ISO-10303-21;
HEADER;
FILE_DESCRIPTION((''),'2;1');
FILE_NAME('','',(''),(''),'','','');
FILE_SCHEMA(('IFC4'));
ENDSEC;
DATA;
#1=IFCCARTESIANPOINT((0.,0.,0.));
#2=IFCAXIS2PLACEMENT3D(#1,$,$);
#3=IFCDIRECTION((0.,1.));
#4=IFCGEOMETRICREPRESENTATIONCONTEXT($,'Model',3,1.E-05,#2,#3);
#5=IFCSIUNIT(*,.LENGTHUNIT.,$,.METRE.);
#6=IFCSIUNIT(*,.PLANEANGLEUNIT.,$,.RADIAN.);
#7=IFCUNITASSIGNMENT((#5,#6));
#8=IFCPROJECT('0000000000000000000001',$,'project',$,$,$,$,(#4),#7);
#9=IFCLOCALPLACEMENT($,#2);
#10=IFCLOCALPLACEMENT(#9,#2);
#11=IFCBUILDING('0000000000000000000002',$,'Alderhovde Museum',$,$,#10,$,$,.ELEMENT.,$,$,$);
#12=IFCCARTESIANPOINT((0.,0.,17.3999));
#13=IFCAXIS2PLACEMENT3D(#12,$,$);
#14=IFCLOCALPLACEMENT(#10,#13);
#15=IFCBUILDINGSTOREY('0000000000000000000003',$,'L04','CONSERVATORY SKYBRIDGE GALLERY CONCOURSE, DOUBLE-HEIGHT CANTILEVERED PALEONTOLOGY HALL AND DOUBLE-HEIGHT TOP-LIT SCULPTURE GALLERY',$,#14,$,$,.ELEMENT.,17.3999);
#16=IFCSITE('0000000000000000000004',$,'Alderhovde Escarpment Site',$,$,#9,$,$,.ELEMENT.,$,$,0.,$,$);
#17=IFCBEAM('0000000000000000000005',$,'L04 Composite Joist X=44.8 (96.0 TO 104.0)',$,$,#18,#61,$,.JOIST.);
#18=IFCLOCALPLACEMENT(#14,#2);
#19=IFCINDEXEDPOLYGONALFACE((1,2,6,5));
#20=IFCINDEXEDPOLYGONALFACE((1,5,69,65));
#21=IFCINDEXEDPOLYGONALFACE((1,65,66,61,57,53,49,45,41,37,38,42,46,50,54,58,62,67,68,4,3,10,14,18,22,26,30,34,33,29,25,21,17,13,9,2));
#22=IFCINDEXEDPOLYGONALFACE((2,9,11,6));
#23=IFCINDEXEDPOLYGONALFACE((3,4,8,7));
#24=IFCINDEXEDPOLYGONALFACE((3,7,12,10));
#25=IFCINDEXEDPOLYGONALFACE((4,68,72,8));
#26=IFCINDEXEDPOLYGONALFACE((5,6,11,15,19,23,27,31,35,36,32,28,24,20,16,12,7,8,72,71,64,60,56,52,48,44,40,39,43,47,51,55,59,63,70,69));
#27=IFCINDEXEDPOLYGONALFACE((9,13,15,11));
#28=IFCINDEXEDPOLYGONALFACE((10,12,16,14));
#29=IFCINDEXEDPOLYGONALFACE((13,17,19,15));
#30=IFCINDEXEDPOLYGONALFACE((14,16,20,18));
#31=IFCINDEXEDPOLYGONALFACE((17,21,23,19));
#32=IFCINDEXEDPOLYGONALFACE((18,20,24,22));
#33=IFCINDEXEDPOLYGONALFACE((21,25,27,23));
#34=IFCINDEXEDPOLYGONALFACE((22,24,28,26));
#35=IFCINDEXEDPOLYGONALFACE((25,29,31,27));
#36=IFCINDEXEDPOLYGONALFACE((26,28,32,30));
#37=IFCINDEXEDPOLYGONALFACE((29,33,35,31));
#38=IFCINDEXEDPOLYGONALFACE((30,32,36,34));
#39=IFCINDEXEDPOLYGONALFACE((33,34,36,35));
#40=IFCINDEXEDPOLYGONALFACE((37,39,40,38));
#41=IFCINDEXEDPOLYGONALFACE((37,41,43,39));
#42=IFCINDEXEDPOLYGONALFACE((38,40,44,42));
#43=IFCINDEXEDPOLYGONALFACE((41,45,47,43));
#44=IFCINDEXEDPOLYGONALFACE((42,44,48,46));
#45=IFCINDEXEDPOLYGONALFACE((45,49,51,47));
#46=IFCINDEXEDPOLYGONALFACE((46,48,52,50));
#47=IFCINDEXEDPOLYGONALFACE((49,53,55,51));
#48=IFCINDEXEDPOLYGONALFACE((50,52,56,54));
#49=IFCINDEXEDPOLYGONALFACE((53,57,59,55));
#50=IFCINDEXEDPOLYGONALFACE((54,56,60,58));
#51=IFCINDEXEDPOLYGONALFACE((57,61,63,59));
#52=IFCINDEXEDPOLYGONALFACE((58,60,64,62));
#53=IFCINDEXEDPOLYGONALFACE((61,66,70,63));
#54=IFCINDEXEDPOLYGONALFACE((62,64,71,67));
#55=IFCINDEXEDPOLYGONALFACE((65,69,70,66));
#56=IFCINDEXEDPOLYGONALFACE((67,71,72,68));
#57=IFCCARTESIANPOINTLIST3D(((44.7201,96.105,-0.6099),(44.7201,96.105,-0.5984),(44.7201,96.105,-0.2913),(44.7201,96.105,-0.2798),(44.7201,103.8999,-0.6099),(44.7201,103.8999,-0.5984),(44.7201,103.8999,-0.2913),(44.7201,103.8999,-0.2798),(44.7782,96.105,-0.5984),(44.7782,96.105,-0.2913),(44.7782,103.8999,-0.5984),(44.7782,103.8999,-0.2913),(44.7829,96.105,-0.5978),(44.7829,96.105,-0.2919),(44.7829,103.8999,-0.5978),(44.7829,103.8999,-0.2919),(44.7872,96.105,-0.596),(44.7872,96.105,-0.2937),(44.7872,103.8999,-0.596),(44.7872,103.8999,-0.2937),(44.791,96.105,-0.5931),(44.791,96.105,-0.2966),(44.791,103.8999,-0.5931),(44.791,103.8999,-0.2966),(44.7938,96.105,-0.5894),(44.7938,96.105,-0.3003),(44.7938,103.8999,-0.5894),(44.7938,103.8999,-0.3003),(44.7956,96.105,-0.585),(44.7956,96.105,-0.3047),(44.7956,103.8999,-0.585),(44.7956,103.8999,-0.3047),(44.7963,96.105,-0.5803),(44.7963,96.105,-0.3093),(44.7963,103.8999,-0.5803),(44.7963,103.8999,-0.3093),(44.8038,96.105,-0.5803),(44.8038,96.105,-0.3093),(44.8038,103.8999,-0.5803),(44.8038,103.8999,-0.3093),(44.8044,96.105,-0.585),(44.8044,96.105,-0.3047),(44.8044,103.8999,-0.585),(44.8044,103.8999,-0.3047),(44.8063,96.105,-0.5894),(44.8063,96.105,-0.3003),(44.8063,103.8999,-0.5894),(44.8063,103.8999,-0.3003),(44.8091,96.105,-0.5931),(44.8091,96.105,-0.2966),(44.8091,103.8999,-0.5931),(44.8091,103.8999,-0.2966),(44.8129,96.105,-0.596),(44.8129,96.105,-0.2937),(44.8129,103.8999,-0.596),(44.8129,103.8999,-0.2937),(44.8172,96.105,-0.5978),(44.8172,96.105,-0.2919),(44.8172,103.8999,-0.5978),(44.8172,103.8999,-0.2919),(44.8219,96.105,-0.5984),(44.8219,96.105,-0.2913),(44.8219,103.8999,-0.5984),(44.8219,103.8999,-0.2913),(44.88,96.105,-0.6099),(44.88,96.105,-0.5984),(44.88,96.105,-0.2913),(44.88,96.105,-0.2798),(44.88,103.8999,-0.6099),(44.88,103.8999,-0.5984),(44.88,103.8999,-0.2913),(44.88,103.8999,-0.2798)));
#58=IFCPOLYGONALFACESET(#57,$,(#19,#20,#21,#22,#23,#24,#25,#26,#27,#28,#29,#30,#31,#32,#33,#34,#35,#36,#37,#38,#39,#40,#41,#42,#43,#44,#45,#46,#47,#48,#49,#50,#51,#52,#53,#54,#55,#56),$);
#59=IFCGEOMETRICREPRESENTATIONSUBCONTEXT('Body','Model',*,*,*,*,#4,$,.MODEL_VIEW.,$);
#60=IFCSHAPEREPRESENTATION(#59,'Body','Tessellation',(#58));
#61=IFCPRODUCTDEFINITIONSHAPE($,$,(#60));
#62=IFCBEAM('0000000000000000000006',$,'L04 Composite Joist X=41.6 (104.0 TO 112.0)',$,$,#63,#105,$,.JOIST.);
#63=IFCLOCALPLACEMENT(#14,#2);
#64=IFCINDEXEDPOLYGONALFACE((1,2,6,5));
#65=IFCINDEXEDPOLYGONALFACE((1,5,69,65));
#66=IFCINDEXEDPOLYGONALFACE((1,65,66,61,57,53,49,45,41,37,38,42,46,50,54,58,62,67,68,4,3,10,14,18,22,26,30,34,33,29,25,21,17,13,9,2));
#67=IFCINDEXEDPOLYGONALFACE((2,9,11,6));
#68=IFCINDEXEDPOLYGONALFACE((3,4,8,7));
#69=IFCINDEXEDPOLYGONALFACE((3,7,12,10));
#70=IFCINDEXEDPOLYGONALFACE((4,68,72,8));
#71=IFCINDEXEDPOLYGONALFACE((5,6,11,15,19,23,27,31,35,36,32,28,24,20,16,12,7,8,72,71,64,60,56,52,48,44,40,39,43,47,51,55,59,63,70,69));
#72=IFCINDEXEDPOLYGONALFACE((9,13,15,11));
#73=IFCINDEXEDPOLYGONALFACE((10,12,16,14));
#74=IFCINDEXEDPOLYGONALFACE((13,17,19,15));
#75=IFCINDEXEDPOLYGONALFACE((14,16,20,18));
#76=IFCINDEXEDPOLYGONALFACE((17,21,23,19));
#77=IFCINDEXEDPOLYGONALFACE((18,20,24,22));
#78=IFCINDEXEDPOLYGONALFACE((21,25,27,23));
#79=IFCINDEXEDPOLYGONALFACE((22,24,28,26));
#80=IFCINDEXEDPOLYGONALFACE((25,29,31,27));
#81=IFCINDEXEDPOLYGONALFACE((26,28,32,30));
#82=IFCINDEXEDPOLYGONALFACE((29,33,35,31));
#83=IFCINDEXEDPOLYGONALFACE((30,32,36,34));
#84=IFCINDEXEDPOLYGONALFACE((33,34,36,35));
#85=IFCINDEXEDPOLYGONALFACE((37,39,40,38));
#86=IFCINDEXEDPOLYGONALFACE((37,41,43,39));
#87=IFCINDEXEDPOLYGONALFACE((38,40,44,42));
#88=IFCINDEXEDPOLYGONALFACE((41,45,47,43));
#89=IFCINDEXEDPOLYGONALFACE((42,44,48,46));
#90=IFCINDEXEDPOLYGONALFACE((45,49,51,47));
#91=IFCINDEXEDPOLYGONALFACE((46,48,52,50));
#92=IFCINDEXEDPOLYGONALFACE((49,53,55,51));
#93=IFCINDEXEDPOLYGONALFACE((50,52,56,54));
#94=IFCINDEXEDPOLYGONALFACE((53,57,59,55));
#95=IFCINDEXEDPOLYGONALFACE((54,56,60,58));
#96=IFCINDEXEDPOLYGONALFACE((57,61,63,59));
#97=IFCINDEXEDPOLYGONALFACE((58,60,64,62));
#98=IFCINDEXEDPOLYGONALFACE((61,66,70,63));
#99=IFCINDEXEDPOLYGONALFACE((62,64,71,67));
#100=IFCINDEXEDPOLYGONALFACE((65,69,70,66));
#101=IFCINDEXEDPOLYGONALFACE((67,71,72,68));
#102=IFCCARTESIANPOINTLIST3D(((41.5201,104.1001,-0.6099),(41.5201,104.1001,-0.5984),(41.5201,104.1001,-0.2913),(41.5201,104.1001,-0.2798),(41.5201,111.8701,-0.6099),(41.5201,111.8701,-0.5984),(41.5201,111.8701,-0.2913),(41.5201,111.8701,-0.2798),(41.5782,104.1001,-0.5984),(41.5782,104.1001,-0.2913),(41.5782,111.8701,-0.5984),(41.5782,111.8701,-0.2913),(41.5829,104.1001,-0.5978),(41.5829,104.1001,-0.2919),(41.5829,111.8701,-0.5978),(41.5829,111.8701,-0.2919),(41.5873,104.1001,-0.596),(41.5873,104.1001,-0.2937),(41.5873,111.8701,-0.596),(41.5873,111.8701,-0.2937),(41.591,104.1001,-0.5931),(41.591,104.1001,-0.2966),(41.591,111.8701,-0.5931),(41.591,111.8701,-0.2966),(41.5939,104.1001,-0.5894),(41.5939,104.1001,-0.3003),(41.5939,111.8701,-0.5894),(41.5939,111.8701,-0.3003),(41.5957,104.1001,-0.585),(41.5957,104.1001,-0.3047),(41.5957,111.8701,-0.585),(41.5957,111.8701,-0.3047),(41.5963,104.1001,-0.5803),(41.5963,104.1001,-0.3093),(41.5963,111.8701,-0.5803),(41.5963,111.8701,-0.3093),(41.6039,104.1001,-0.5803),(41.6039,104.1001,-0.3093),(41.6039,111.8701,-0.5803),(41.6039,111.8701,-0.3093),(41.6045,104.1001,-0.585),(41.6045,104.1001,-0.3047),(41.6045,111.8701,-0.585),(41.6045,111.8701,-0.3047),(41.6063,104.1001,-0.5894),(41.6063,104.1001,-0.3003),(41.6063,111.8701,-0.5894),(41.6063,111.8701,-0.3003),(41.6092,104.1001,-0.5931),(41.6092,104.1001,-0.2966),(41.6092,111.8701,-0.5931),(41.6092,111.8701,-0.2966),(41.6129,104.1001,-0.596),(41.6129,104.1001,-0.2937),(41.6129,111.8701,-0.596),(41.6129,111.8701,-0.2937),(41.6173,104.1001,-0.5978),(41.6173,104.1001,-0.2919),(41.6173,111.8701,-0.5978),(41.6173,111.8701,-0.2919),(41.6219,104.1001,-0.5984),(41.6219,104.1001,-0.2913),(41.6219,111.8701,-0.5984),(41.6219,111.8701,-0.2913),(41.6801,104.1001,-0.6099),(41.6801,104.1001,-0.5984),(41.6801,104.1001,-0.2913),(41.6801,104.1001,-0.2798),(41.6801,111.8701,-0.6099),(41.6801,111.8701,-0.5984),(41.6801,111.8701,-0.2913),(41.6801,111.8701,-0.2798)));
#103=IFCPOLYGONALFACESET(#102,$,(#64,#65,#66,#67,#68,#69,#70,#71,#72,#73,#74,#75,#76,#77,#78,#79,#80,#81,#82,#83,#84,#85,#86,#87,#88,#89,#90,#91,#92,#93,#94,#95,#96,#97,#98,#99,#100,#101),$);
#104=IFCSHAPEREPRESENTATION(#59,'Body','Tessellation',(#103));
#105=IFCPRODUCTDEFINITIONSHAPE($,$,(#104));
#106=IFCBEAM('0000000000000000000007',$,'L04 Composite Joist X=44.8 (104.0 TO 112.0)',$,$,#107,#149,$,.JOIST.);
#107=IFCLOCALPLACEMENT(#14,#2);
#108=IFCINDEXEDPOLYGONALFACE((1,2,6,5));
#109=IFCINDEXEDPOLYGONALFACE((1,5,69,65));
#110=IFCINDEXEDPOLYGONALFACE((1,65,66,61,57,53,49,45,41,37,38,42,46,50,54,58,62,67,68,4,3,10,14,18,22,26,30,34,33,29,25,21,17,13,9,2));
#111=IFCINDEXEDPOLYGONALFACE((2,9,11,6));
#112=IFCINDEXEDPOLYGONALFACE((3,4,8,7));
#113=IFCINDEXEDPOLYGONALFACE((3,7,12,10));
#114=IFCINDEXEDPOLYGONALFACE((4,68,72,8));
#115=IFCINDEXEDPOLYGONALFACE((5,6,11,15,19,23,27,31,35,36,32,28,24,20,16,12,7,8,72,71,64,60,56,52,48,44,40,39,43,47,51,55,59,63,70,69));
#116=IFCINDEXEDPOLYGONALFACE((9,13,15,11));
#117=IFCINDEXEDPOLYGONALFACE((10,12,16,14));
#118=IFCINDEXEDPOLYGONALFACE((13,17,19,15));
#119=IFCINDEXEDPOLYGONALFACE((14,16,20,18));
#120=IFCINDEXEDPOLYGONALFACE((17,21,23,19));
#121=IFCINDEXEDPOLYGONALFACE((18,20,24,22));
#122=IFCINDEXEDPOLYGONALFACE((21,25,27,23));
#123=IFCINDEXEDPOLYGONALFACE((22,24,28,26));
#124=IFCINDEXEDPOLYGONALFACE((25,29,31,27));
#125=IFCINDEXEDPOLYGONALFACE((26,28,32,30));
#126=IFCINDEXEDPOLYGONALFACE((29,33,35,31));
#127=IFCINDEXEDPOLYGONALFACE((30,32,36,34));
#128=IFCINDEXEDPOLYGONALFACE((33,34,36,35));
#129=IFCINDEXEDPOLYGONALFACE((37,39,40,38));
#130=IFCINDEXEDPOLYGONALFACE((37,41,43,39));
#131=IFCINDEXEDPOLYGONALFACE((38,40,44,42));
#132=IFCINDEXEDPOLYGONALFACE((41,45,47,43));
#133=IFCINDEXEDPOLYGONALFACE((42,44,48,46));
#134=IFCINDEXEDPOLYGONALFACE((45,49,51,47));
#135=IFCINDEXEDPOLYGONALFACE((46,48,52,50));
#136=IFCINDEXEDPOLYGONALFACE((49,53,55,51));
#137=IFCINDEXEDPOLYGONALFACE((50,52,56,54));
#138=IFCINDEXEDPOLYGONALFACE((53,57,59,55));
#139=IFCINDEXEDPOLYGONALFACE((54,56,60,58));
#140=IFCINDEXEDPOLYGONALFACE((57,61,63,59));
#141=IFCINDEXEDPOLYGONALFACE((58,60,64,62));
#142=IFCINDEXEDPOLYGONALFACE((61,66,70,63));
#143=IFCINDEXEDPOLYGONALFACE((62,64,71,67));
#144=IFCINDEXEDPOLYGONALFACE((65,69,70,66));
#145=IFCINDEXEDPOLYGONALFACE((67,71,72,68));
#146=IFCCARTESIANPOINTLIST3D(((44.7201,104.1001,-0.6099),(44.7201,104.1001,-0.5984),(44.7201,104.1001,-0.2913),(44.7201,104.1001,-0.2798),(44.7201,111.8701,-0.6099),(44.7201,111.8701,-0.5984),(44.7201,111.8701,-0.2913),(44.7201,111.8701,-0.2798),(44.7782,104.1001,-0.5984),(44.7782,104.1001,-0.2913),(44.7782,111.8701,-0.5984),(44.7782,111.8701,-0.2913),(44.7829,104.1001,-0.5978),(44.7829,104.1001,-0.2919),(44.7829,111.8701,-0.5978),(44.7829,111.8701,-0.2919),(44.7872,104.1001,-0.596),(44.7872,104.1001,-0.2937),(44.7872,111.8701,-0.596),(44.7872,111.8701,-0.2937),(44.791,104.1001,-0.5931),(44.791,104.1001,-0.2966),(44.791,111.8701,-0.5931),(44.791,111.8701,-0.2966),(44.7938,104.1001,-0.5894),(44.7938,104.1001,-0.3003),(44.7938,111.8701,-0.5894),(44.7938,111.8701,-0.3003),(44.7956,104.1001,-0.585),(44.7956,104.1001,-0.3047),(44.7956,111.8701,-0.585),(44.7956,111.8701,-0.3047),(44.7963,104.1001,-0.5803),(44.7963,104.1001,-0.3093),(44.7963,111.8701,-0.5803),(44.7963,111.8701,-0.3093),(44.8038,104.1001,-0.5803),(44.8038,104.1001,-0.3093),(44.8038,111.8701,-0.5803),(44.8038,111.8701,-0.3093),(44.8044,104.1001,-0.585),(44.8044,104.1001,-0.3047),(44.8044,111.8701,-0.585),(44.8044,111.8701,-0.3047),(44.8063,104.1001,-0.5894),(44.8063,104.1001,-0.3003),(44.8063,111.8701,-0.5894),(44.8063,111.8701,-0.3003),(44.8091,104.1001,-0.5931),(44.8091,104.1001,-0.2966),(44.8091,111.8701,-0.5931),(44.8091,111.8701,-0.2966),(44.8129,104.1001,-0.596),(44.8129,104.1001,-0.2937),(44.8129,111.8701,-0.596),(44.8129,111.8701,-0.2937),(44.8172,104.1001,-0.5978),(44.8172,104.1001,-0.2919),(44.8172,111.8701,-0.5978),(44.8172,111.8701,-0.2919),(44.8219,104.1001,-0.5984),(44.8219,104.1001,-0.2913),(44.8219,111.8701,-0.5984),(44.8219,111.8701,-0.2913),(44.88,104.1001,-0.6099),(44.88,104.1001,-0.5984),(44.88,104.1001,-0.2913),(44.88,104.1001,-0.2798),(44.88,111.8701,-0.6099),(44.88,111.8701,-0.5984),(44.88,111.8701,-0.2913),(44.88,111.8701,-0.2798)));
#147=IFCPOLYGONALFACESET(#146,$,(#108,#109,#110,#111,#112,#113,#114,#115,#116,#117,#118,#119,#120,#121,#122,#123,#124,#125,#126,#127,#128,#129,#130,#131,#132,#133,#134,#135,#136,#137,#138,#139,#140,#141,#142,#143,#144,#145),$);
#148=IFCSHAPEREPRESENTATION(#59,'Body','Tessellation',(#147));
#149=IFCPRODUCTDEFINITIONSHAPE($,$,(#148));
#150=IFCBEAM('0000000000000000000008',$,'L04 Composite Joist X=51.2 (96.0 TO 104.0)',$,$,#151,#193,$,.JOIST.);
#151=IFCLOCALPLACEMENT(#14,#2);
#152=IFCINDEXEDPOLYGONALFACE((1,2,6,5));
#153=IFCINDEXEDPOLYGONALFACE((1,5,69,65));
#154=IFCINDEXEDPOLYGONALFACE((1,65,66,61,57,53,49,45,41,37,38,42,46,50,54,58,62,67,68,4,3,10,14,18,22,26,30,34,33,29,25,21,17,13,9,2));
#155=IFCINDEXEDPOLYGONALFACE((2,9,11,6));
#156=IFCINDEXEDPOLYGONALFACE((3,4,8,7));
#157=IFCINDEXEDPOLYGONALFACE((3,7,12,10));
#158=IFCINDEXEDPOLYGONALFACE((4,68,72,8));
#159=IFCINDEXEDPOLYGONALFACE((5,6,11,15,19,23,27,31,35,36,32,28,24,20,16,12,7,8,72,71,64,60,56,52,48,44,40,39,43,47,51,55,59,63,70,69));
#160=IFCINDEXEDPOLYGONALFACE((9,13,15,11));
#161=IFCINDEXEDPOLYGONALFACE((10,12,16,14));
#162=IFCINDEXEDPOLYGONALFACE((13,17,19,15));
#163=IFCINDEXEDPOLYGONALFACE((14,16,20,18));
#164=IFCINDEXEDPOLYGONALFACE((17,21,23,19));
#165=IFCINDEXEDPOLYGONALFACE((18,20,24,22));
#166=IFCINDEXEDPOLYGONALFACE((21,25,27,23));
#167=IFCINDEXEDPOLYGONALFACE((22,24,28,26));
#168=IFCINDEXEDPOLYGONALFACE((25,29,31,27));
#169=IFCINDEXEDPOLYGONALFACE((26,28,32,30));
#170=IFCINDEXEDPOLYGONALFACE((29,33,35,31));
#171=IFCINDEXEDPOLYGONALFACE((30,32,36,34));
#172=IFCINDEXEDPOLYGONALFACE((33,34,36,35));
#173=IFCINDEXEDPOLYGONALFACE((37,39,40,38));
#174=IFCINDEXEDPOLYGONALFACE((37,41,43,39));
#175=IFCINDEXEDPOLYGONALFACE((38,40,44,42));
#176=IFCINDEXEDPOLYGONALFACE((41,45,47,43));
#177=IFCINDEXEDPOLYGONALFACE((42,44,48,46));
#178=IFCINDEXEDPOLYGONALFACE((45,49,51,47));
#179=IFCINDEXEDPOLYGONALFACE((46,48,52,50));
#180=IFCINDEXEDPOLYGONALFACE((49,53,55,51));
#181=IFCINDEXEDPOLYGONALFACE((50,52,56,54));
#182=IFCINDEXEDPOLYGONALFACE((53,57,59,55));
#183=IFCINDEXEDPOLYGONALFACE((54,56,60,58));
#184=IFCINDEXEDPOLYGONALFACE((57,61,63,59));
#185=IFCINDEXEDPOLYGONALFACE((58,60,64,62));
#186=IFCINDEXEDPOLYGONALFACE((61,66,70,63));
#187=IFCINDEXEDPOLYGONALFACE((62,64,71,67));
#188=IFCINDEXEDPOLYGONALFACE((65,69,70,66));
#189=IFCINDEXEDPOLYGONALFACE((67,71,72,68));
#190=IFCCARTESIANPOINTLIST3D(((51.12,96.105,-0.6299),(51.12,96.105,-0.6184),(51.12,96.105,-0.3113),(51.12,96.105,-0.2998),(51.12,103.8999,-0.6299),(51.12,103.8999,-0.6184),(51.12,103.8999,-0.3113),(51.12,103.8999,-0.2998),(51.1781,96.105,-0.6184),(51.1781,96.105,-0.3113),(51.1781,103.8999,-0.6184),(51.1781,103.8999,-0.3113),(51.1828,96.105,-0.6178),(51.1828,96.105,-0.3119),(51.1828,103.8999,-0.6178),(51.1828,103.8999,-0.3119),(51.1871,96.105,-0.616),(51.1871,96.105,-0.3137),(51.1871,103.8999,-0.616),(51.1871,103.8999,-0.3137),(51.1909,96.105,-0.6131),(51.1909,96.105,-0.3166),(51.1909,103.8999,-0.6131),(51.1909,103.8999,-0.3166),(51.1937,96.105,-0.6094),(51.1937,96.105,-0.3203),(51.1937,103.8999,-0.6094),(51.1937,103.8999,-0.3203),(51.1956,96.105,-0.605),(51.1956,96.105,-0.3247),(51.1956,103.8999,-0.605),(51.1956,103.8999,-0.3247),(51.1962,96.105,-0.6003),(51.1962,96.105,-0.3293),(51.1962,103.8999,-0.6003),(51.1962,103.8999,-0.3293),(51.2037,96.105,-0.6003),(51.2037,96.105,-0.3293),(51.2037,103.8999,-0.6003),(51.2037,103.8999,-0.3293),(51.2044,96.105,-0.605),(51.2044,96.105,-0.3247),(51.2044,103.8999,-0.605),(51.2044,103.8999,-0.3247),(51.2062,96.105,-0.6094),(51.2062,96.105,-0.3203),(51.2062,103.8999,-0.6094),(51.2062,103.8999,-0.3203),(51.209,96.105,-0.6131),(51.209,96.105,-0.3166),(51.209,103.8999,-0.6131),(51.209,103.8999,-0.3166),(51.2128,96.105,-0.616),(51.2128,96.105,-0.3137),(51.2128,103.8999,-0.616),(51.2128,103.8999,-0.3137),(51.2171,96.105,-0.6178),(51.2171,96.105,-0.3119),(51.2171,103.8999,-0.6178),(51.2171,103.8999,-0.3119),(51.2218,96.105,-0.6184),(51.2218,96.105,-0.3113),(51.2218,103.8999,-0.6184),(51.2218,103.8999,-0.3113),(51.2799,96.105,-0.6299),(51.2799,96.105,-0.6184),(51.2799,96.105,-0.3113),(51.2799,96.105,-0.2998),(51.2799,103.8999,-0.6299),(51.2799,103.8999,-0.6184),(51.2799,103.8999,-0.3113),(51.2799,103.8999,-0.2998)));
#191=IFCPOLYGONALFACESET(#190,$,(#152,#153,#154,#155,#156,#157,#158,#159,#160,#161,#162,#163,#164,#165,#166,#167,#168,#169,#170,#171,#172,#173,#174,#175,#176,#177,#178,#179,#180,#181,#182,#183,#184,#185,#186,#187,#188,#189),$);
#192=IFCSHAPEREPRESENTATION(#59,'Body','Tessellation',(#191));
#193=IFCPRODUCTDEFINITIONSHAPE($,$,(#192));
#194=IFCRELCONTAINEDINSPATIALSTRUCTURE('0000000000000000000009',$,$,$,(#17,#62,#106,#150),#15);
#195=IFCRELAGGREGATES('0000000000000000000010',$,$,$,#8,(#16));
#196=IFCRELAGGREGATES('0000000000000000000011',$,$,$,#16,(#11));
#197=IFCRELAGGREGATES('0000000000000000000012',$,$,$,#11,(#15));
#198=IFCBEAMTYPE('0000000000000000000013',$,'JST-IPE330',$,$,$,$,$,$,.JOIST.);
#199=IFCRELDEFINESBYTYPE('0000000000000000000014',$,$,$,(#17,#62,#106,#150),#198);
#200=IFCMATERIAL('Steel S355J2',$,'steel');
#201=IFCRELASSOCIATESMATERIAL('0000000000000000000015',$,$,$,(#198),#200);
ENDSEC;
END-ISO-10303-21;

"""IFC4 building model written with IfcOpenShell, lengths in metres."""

from ifc_helpers import new_model, si_unit, direction, frame, origin, origin_2d, place, context, subcontext, project, spatial, i_section, extrude, material, material_profile, profile_set, type_object, element, save


model = new_model("IFC4")

# Units and contexts
model_context = context("Model", 3, precision=1e-05, world=origin(), true_north=direction((0.0, 1.0)))
body_context = subcontext(model_context, "Body", "Model", "MODEL_VIEW")
ifc_project = project(units=[si_unit("LENGTHUNIT", "METRE"), si_unit("PLANEANGLEUNIT", "RADIAN")], contexts=[model_context])

# Site, building, storey
site_placement = place(None, origin())
site = spatial("IfcSite", under=ifc_project, at=site_placement, Name="Alderhovde Escarpment Site", CompositionType="ELEMENT", RefElevation=0.0)
building_placement = place(site_placement, origin())
building = spatial("IfcBuilding", under=site, at=building_placement, Name="Alderhovde Museum", CompositionType="ELEMENT")
storey_placement = place(building_placement, frame((0.0, 0.0, 17.3999)))
storey = spatial("IfcBuildingStorey", under=building, at=storey_placement, Name="L04", Description="CONSERVATORY SKYBRIDGE GALLERY CONCOURSE, DOUBLE-HEIGHT CANTILEVERED PALEONTOLOGY HALL AND DOUBLE-HEIGHT TOP-LIT SCULPTURE GALLERY", CompositionType="ELEMENT", Elevation=17.3999)

# Beams
ifc_material_1 = material(Name="Steel S355J2", Category="steel")
ifc_material_profile_1 = material_profile(ifc_material_1, i_section(OverallWidth=0.1599, OverallDepth=0.3301, WebThickness=0.0076, FlangeThickness=0.0115, FilletRadius=0.0181, at=origin_2d()), Name="IPE 330")
ifc_profile_set_1 = profile_set([ifc_material_profile_1], Name="Steel S355J2")
beam_type_1 = type_object("IfcBeamType", Name="JST-IPE330", PredefinedType="JOIST", material=ifc_profile_set_1)
for number, where, z_axis, x_axis, name in (
    (1, (44.8, 96.105, -0.4448), (0.0, 1.0, 0.0), (-1.0, 0.0, 0.0), "L04 Composite Joist X=44.8 (96.0 TO 104.0)"),
):
    element("IfcBeam", number, at=place(storey_placement, frame(where, z_axis=z_axis, x_axis=x_axis)), inside=storey, type_object=beam_type_1, Name=name, PredefinedType="JOIST", context=body_context, shape_type="SweptSolid", body=[
        extrude(i_section(OverallWidth=0.1599, OverallDepth=0.3301, WebThickness=0.0076, FlangeThickness=0.0115, FilletRadius=0.0181, at=origin_2d()), origin(), (0.0, 0.0, 1.0), 7.7949),
    ])
for number, where, z_axis, x_axis, name in (
    (2, (41.6001, 104.1001, -0.4448), (0.0, 1.0, 0.0), (-1.0, 0.0, 0.0), "L04 Composite Joist X=41.6 (104.0 TO 112.0)"),
    (3, (44.8, 104.1001, -0.4448), (0.0, 1.0, 0.0), (-1.0, 0.0, 0.0), "L04 Composite Joist X=44.8 (104.0 TO 112.0)"),
):
    element("IfcBeam", number, at=place(storey_placement, frame(where, z_axis=z_axis, x_axis=x_axis)), inside=storey, type_object=beam_type_1, Name=name, PredefinedType="JOIST", context=body_context, shape_type="SweptSolid", body=[
        extrude(i_section(OverallWidth=0.1599, OverallDepth=0.3301, WebThickness=0.0076, FlangeThickness=0.0115, FilletRadius=0.0181, at=origin_2d()), origin(), (0.0, 0.0, 1.0), 7.77),
    ])
for number, where, z_axis, x_axis, name in (
    (4, (51.2, 96.105, -0.4648), (0.0, 1.0, 0.0), (-1.0, 0.0, 0.0), "L04 Composite Joist X=51.2 (96.0 TO 104.0)"),
):
    element("IfcBeam", number, at=place(storey_placement, frame(where, z_axis=z_axis, x_axis=x_axis)), inside=storey, type_object=beam_type_1, Name=name, PredefinedType="JOIST", context=body_context, shape_type="SweptSolid", body=[
        extrude(i_section(OverallWidth=0.1599, OverallDepth=0.3301, WebThickness=0.0076, FlangeThickness=0.0115, FilletRadius=0.0181, at=origin_2d()), origin(), (0.0, 0.0, 1.0), 7.7949),
    ])

save(model, "model.ifc")
